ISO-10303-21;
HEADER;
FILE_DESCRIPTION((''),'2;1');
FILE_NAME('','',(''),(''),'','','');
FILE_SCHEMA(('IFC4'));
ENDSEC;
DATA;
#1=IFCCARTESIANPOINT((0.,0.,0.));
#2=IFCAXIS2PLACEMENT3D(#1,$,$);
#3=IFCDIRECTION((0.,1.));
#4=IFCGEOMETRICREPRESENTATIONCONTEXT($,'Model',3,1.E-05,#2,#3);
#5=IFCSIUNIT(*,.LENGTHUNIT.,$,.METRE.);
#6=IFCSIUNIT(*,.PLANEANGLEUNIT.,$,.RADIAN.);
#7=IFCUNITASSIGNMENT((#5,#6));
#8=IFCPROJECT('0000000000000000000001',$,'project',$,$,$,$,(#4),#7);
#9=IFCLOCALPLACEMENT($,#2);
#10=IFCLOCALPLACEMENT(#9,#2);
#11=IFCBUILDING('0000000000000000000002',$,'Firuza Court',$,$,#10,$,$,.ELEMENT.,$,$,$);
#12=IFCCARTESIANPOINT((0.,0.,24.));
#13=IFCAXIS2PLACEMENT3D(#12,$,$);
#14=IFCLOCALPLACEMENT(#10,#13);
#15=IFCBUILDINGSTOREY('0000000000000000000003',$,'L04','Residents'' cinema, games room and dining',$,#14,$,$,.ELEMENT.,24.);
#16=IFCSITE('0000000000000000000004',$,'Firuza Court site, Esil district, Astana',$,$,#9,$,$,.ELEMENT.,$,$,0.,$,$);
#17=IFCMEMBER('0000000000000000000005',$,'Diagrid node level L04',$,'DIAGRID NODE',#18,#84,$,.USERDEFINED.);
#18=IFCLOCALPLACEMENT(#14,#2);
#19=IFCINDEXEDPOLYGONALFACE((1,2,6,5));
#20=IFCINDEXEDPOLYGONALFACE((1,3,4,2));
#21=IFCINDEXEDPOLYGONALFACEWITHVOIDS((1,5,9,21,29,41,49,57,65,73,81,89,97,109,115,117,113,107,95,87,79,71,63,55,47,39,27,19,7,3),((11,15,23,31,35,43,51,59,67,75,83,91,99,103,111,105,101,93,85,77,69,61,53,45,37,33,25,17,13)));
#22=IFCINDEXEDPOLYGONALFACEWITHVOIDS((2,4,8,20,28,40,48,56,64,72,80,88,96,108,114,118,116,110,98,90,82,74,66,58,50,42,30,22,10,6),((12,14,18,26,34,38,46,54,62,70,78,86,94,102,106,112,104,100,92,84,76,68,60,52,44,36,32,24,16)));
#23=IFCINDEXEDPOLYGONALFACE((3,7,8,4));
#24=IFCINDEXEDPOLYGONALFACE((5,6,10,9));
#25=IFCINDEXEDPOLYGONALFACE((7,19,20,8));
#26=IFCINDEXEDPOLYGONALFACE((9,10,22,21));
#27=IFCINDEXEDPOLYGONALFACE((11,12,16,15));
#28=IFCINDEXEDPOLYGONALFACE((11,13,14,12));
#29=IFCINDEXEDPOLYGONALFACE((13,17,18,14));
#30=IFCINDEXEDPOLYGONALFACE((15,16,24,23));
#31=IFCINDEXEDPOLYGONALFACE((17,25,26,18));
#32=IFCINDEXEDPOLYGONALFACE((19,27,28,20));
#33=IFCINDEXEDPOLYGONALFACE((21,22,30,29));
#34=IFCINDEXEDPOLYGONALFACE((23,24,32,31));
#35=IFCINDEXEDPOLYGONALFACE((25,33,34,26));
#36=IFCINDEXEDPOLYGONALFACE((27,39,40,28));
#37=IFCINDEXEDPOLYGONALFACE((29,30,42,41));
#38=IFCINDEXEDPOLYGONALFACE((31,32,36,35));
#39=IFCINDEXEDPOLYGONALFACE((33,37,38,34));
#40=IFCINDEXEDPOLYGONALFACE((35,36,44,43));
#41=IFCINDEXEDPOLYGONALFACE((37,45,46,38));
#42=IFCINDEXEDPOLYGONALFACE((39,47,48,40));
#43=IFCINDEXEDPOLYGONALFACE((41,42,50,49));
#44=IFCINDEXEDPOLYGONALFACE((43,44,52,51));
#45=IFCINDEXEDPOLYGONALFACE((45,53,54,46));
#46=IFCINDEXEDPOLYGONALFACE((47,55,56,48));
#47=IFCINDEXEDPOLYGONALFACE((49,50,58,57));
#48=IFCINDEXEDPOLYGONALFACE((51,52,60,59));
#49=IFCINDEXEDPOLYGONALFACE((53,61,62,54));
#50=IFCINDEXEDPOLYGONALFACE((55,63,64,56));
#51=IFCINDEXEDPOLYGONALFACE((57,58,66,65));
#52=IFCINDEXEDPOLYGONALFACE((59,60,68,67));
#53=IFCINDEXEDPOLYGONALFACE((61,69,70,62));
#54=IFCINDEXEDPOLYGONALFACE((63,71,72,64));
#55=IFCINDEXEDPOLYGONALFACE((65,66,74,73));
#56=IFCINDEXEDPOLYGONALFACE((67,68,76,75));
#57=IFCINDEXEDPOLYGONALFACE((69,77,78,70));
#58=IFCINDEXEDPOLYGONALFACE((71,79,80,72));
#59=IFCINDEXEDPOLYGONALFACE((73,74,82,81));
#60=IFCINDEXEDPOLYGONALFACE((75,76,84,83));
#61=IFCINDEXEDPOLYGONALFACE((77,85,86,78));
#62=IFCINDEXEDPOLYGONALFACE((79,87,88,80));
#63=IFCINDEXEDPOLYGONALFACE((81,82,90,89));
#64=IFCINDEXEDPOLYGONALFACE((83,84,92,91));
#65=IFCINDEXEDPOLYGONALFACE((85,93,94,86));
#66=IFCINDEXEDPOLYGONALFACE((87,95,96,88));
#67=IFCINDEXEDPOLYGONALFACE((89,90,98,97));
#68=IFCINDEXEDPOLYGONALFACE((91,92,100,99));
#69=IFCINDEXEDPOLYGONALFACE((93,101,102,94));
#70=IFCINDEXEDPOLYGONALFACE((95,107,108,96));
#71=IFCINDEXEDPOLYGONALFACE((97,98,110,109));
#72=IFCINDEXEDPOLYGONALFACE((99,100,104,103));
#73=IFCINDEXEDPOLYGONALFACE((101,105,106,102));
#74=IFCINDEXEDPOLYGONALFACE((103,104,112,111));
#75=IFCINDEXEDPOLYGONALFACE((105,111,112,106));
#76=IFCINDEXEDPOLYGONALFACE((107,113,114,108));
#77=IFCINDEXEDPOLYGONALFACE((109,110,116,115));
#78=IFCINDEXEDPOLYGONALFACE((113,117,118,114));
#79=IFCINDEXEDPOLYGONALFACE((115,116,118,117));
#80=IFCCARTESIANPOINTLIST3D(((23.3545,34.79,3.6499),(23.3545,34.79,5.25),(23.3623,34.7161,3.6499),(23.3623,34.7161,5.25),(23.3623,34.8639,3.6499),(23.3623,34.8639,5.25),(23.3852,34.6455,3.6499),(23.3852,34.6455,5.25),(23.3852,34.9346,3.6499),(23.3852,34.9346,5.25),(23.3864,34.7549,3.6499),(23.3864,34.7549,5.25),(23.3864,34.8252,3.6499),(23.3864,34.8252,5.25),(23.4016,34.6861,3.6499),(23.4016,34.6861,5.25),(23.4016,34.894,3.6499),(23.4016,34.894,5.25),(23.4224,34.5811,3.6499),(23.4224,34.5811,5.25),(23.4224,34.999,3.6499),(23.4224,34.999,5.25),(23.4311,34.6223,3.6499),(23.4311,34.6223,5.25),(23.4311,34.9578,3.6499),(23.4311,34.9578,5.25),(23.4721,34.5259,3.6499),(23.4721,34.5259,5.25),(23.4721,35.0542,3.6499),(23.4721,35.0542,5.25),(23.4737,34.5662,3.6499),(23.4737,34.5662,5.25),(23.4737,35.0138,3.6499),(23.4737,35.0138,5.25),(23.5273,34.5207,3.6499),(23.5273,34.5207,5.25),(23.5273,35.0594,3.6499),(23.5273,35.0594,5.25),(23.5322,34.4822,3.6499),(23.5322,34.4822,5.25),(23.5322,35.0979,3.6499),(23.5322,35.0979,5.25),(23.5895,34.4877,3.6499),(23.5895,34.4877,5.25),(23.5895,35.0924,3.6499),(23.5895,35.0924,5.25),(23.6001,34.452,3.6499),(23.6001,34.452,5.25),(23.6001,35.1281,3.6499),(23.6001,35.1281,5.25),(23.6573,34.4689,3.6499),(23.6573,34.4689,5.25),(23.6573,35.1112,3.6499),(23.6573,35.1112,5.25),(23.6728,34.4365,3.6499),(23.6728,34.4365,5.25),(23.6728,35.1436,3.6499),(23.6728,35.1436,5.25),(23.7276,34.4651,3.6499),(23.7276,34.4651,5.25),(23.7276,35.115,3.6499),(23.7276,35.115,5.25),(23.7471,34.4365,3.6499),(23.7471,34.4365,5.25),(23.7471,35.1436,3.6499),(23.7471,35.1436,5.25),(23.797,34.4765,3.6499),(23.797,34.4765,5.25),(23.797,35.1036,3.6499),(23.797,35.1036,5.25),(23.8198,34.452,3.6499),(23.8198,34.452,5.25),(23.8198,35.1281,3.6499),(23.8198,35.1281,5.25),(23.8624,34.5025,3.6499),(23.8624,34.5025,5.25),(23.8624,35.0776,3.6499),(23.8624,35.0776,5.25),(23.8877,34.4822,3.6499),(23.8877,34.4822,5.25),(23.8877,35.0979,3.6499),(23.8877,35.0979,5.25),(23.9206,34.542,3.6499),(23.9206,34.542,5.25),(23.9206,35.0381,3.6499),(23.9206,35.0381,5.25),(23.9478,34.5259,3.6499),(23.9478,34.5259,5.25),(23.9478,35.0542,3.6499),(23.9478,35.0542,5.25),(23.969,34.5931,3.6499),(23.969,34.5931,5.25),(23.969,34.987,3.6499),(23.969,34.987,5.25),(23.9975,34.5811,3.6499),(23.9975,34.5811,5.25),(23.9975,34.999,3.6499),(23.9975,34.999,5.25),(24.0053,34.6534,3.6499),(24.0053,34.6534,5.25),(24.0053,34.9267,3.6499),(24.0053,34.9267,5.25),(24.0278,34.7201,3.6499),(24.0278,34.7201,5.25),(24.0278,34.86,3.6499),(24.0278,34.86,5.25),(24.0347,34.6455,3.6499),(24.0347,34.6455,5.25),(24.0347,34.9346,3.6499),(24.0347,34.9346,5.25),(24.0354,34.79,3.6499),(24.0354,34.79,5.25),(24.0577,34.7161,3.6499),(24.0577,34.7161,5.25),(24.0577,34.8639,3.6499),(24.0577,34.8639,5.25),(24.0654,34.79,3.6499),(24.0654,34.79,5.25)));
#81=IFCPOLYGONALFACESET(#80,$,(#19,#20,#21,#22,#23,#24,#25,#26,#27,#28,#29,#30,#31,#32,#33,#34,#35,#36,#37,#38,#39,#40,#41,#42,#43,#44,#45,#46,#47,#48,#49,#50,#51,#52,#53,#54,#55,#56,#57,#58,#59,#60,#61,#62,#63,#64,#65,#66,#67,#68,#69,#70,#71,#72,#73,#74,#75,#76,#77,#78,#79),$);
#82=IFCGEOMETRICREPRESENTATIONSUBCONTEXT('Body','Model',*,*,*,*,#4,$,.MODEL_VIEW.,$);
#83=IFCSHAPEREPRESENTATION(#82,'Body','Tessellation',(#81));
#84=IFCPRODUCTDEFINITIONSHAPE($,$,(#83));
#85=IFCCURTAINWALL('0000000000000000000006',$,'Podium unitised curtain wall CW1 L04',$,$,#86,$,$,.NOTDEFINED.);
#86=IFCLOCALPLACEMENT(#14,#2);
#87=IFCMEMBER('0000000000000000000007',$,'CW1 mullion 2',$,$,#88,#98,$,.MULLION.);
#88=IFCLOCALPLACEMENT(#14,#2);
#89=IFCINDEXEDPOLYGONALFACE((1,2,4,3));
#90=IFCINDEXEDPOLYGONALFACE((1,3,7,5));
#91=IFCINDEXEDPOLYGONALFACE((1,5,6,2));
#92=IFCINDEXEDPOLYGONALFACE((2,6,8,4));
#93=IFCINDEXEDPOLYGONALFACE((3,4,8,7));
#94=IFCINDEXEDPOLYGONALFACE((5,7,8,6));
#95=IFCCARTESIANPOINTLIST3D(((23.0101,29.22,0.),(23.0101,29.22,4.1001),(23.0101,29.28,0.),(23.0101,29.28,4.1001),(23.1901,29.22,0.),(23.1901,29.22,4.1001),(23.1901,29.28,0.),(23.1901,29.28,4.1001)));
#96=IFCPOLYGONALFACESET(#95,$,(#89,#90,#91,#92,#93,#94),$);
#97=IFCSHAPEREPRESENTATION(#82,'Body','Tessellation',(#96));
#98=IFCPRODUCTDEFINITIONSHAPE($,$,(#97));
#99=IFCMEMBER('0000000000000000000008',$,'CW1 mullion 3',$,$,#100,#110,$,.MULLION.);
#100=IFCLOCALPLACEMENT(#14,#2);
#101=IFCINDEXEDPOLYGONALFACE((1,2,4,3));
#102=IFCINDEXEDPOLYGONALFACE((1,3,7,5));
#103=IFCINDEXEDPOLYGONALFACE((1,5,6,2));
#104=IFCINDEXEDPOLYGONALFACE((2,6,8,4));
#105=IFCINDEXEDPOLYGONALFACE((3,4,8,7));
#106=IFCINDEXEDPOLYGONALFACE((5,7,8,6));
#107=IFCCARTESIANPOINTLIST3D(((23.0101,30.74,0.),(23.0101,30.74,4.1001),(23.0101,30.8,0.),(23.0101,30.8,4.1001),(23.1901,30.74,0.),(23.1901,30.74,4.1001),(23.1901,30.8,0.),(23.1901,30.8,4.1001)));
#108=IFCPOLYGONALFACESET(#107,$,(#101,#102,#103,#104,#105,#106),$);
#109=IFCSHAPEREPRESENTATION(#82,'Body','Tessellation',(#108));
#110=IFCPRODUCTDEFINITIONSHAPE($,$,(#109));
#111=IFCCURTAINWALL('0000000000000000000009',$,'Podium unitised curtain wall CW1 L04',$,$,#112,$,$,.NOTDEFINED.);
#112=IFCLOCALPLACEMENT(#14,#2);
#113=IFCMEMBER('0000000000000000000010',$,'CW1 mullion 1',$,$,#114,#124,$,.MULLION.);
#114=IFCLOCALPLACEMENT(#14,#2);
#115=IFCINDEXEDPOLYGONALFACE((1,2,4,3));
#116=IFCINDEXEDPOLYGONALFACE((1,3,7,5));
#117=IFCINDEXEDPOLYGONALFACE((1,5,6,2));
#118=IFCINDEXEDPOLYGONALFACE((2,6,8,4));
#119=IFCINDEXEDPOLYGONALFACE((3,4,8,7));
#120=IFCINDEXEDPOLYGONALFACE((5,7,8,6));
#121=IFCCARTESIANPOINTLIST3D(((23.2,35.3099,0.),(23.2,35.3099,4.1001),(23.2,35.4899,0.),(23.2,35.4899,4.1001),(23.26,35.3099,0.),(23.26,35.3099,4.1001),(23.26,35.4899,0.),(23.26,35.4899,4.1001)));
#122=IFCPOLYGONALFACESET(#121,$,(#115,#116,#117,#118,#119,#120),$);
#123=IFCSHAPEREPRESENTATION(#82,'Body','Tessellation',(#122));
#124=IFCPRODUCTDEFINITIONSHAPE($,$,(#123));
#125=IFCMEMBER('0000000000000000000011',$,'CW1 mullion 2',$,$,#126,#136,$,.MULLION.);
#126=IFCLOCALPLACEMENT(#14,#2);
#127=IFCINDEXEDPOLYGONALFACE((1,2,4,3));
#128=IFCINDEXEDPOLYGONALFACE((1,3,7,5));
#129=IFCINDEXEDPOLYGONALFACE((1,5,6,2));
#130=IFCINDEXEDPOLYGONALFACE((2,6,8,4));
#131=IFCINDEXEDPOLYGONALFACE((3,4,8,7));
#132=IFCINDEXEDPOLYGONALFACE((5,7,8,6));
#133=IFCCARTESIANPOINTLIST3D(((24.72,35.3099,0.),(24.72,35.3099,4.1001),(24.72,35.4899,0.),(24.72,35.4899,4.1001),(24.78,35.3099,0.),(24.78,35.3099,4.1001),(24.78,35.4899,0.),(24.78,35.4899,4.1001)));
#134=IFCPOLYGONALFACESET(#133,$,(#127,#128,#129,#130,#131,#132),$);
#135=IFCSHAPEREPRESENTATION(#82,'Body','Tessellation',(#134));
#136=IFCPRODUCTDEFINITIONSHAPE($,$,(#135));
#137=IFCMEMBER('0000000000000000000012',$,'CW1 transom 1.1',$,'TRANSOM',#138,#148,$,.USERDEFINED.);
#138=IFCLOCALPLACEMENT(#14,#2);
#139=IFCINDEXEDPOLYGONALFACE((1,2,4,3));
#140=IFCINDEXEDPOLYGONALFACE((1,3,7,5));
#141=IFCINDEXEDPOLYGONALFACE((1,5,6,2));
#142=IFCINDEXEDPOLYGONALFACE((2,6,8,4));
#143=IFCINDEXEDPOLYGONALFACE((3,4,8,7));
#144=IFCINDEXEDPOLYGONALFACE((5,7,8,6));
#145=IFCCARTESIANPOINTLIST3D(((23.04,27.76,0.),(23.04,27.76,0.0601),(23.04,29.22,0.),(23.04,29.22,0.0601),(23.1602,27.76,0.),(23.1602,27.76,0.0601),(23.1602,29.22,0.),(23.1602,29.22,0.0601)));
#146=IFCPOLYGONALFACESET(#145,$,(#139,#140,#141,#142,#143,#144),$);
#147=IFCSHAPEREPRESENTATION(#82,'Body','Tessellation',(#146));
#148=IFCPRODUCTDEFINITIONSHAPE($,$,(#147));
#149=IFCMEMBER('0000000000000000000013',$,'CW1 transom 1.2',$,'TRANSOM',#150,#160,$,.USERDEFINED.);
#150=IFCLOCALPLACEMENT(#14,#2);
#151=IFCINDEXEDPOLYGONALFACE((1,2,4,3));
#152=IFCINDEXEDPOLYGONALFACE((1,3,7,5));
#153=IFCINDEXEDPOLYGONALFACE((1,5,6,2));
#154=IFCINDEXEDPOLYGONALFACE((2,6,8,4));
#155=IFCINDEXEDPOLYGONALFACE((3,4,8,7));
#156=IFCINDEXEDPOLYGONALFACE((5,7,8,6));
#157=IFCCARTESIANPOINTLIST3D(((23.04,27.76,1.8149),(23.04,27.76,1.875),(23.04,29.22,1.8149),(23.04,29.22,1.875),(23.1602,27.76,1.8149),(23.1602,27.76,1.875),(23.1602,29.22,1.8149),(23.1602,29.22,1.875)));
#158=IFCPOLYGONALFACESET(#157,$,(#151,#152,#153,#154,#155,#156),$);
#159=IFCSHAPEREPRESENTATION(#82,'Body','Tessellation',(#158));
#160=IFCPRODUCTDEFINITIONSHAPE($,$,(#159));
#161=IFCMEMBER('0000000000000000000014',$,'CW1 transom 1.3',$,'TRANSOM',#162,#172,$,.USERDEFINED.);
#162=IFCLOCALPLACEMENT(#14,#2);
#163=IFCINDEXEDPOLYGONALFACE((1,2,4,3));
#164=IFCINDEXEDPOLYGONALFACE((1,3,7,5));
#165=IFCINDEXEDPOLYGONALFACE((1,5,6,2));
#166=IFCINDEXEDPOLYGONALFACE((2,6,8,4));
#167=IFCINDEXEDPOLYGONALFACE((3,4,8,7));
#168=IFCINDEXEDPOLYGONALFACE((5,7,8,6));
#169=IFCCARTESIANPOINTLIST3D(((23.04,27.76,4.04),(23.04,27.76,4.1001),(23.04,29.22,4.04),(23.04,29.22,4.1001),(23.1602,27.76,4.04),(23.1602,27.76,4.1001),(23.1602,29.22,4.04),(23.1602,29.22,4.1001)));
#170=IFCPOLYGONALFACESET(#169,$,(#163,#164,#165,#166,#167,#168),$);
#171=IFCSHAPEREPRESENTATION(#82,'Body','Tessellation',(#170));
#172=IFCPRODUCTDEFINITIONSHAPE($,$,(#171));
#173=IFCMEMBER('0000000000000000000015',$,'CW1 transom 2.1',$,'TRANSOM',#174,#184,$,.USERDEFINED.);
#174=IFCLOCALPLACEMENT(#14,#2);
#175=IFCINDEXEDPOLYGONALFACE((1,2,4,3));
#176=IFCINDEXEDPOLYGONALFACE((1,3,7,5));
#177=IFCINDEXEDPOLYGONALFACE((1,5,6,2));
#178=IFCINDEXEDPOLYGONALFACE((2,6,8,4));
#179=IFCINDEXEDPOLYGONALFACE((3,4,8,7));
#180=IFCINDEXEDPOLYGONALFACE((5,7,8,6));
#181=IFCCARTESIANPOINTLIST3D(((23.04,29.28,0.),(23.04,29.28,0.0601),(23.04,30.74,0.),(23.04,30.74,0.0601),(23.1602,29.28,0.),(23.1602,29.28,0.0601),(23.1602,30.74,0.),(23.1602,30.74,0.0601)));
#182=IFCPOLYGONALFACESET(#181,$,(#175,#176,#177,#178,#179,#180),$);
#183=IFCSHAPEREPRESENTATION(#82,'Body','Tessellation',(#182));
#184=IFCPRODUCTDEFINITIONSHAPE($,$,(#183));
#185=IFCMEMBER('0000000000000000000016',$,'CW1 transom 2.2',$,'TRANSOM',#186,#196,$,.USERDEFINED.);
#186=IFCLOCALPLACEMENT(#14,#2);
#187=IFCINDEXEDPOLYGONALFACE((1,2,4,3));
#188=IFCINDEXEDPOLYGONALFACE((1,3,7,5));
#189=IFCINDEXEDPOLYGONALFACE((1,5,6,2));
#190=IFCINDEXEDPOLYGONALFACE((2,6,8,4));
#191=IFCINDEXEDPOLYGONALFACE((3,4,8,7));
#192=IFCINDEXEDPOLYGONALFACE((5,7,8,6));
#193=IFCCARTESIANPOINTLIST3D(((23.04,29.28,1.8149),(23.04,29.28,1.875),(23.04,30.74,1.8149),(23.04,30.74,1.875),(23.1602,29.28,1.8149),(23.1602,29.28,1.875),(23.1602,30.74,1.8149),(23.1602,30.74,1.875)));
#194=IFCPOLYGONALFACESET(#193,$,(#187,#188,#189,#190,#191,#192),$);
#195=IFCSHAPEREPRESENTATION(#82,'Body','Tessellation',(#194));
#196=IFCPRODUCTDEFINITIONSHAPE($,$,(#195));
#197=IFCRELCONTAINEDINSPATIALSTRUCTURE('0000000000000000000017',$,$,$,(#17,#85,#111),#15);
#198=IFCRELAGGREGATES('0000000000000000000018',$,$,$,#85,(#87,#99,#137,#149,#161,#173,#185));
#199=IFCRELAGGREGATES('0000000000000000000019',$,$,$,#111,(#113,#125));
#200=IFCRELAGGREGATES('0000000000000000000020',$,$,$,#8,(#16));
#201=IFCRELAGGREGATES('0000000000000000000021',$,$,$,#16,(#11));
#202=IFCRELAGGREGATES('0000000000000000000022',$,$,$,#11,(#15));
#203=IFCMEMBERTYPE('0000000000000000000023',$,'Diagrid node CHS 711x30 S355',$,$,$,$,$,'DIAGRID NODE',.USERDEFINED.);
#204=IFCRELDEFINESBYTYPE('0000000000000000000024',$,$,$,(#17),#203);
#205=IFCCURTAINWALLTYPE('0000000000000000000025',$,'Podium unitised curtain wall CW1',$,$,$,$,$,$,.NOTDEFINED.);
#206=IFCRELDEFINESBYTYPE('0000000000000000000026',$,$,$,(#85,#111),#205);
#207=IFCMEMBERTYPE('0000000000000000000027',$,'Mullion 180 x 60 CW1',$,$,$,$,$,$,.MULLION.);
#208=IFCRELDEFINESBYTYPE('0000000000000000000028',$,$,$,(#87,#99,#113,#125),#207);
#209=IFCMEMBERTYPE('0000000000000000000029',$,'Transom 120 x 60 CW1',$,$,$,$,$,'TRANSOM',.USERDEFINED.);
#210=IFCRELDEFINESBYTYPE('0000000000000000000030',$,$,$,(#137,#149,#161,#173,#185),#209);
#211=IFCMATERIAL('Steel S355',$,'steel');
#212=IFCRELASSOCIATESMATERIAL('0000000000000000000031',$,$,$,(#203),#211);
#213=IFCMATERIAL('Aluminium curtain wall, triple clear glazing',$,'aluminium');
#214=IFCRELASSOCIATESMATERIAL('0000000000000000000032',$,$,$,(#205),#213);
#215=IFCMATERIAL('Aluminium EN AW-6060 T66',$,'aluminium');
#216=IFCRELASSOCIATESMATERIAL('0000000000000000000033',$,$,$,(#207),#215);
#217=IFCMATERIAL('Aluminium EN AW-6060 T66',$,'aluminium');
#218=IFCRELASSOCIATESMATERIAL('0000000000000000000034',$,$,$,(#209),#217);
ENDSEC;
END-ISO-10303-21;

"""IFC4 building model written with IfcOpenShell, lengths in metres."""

from ifc_helpers import new_model, si_unit, direction, frame, origin, origin_2d, place, context, subcontext, project, spatial, rectangle, hollow_circle, extrude, material, material_profile, profile_set, type_object, element, aggregate, save


model = new_model("IFC4")

# Units and contexts
model_context = context("Model", 3, precision=1e-05, world=origin(), true_north=direction((0.0, 1.0)))
body_context = subcontext(model_context, "Body", "Model", "MODEL_VIEW")
ifc_project = project(units=[si_unit("LENGTHUNIT", "METRE"), si_unit("PLANEANGLEUNIT", "RADIAN")], contexts=[model_context])

# Site, building, storey
site_placement = place(None, origin())
site = spatial("IfcSite", under=ifc_project, at=site_placement, Name="Firuza Court site, Esil district, Astana", CompositionType="ELEMENT", RefElevation=0.0)
building_placement = place(site_placement, origin())
building = spatial("IfcBuilding", under=site, at=building_placement, Name="Firuza Court", CompositionType="ELEMENT")
storey_placement = place(building_placement, frame((0.0, 0.0, 24.0)))
storey = spatial("IfcBuildingStorey", under=building, at=storey_placement, Name="L04", Description="Residents' cinema, games room and dining", CompositionType="ELEMENT", Elevation=24.0)

# Member
ifc_material_1 = material(Name="Steel S355", Category="steel")
ifc_material_profile_1 = material_profile(ifc_material_1, hollow_circle(Radius=0.3555, WallThickness=0.03, at=origin_2d()), Name="CHS 711x30")
ifc_profile_set_1 = profile_set([ifc_material_profile_1], Name="Steel S355")
member_type_1 = type_object("IfcMemberType", Name="Diagrid node CHS 711x30 S355", ElementType="DIAGRID NODE", PredefinedType="USERDEFINED", material=ifc_profile_set_1)
member_1_placement = place(storey_placement, frame((23.71, 34.79, 3.6499), z_axis=(0.0, 0.0, 1.0), x_axis=(1.0, 0.0, 0.0)))
element("IfcMember", 1, at=member_1_placement, inside=storey, type_object=member_type_1, Name="Diagrid node level L04", ObjectType="DIAGRID NODE", PredefinedType="USERDEFINED", context=body_context, shape_type="SweptSolid", body=[
    extrude(hollow_circle(Radius=0.3555, WallThickness=0.03, at=origin_2d()), origin(), (0.0, 0.0, 1.0), 1.6001),
])

# Curtain walls, members
ifc_material_2 = material(Name="Aluminium curtain wall, triple clear glazing", Category="aluminium")
curtain_wall_type = type_object("IfcCurtainWallType", Name="Podium unitised curtain wall CW1", PredefinedType="NOTDEFINED", material=ifc_material_2)
curtain_wall_1_placement = place(storey_placement, origin())
curtain_wall_1 = element("IfcCurtainWall", 2, at=curtain_wall_1_placement, inside=storey, type_object=curtain_wall_type, Name="Podium unitised curtain wall CW1 L04", PredefinedType="NOTDEFINED")
ifc_material_3 = material(Name="Aluminium EN AW-6060 T66", Category="aluminium")
ifc_material_profile_2 = material_profile(ifc_material_3, rectangle(XDim=0.1799, YDim=0.0601, at=origin_2d()), Name="Mullion 180 x 60 CW1")
ifc_profile_set_2 = profile_set([ifc_material_profile_2], Name="Aluminium EN AW-6060 T66")
member_type_2 = type_object("IfcMemberType", Name="Mullion 180 x 60 CW1", PredefinedType="MULLION", material=ifc_profile_set_2)
member_2_placement = place(storey_placement, frame((23.1001, 29.25, 0.0), z_axis=(0.0, 0.0, 1.0), x_axis=(-1.0, 0.0, 0.0)))
member_2 = element("IfcMember", 3, at=member_2_placement, type_object=member_type_2, Name="CW1 mullion 2", PredefinedType="MULLION", context=body_context, shape_type="SweptSolid", body=[
    extrude(rectangle(XDim=0.1799, YDim=0.0601, at=origin_2d()), origin(), (0.0, 0.0, 1.0), 4.1001),
])
member_3_placement = place(storey_placement, frame((23.1001, 30.77, 0.0), z_axis=(0.0, 0.0, 1.0), x_axis=(-1.0, 0.0, 0.0)))
member_3 = element("IfcMember", 4, at=member_3_placement, type_object=member_type_2, Name="CW1 mullion 3", PredefinedType="MULLION", context=body_context, shape_type="SweptSolid", body=[
    extrude(rectangle(XDim=0.1799, YDim=0.0601, at=origin_2d()), origin(), (0.0, 0.0, 1.0), 4.1001),
])
curtain_wall_2_placement = place(storey_placement, origin())
curtain_wall_2 = element("IfcCurtainWall", 5, at=curtain_wall_2_placement, inside=storey, type_object=curtain_wall_type, Name="Podium unitised curtain wall CW1 L04", PredefinedType="NOTDEFINED")
member_4_placement = place(storey_placement, frame((23.23, 35.3999, 0.0), z_axis=(0.0, 0.0, 1.0), x_axis=(0.0, 1.0, 0.0)))
member_4 = element("IfcMember", 6, at=member_4_placement, type_object=member_type_2, Name="CW1 mullion 1", PredefinedType="MULLION", context=body_context, shape_type="SweptSolid", body=[
    extrude(rectangle(XDim=0.1799, YDim=0.0601, at=origin_2d()), origin(), (0.0, 0.0, 1.0), 4.1001),
])
member_5_placement = place(storey_placement, frame((24.75, 35.3999, 0.0), z_axis=(0.0, 0.0, 1.0), x_axis=(0.0, 1.0, 0.0)))
member_5 = element("IfcMember", 7, at=member_5_placement, type_object=member_type_2, Name="CW1 mullion 2", PredefinedType="MULLION", context=body_context, shape_type="SweptSolid", body=[
    extrude(rectangle(XDim=0.1799, YDim=0.0601, at=origin_2d()), origin(), (0.0, 0.0, 1.0), 4.1001),
])

# Members
ifc_material_4 = material(Name="Aluminium EN AW-6060 T66", Category="aluminium")
ifc_material_profile_3 = material_profile(ifc_material_4, rectangle(XDim=0.1201, YDim=0.0601, at=origin_2d()), Name="Transom 120 x 60 CW1")
ifc_profile_set_3 = profile_set([ifc_material_profile_3], Name="Aluminium EN AW-6060 T66")
member_type_3 = type_object("IfcMemberType", Name="Transom 120 x 60 CW1", ElementType="TRANSOM", PredefinedType="USERDEFINED", material=ifc_profile_set_3)
member_6_placement = place(storey_placement, frame((23.1001, 27.76, 0.03), z_axis=(0.0, 1.0, 0.0), x_axis=(-1.0, 0.0, 0.0)))
member_6 = element("IfcMember", 8, at=member_6_placement, type_object=member_type_3, Name="CW1 transom 1.1", ObjectType="TRANSOM", PredefinedType="USERDEFINED", context=body_context, shape_type="SweptSolid", body=[
    extrude(rectangle(XDim=0.1201, YDim=0.0601, at=origin_2d()), origin(), (0.0, 0.0, 1.0), 1.46),
])
member_7_placement = place(storey_placement, frame((23.1001, 27.76, 1.845), z_axis=(0.0, 1.0, 0.0), x_axis=(-1.0, 0.0, 0.0)))
member_7 = element("IfcMember", 9, at=member_7_placement, type_object=member_type_3, Name="CW1 transom 1.2", ObjectType="TRANSOM", PredefinedType="USERDEFINED", context=body_context, shape_type="SweptSolid", body=[
    extrude(rectangle(XDim=0.1201, YDim=0.0601, at=origin_2d()), origin(), (0.0, 0.0, 1.0), 1.46),
])
member_8_placement = place(storey_placement, frame((23.1001, 27.76, 4.0701), z_axis=(0.0, 1.0, 0.0), x_axis=(-1.0, 0.0, 0.0)))
member_8 = element("IfcMember", 10, at=member_8_placement, type_object=member_type_3, Name="CW1 transom 1.3", ObjectType="TRANSOM", PredefinedType="USERDEFINED", context=body_context, shape_type="SweptSolid", body=[
    extrude(rectangle(XDim=0.1201, YDim=0.0601, at=origin_2d()), origin(), (0.0, 0.0, 1.0), 1.46),
])
member_9_placement = place(storey_placement, frame((23.1001, 29.28, 0.03), z_axis=(0.0, 1.0, 0.0), x_axis=(-1.0, 0.0, 0.0)))
member_9 = element("IfcMember", 11, at=member_9_placement, type_object=member_type_3, Name="CW1 transom 2.1", ObjectType="TRANSOM", PredefinedType="USERDEFINED", context=body_context, shape_type="SweptSolid", body=[
    extrude(rectangle(XDim=0.1201, YDim=0.0601, at=origin_2d()), origin(), (0.0, 0.0, 1.0), 1.46),
])
member_10_placement = place(storey_placement, frame((23.1001, 29.28, 1.845), z_axis=(0.0, 1.0, 0.0), x_axis=(-1.0, 0.0, 0.0)))
member_10 = element("IfcMember", 12, at=member_10_placement, type_object=member_type_3, Name="CW1 transom 2.2", ObjectType="TRANSOM", PredefinedType="USERDEFINED", context=body_context, shape_type="SweptSolid", body=[
    extrude(rectangle(XDim=0.1201, YDim=0.0601, at=origin_2d()), origin(), (0.0, 0.0, 1.0), 1.46),
])

aggregate(curtain_wall_1, [member_2, member_3, member_6, member_7, member_8, member_9, member_10])
aggregate(curtain_wall_2, [member_4, member_5])

save(model, "model.ifc")
